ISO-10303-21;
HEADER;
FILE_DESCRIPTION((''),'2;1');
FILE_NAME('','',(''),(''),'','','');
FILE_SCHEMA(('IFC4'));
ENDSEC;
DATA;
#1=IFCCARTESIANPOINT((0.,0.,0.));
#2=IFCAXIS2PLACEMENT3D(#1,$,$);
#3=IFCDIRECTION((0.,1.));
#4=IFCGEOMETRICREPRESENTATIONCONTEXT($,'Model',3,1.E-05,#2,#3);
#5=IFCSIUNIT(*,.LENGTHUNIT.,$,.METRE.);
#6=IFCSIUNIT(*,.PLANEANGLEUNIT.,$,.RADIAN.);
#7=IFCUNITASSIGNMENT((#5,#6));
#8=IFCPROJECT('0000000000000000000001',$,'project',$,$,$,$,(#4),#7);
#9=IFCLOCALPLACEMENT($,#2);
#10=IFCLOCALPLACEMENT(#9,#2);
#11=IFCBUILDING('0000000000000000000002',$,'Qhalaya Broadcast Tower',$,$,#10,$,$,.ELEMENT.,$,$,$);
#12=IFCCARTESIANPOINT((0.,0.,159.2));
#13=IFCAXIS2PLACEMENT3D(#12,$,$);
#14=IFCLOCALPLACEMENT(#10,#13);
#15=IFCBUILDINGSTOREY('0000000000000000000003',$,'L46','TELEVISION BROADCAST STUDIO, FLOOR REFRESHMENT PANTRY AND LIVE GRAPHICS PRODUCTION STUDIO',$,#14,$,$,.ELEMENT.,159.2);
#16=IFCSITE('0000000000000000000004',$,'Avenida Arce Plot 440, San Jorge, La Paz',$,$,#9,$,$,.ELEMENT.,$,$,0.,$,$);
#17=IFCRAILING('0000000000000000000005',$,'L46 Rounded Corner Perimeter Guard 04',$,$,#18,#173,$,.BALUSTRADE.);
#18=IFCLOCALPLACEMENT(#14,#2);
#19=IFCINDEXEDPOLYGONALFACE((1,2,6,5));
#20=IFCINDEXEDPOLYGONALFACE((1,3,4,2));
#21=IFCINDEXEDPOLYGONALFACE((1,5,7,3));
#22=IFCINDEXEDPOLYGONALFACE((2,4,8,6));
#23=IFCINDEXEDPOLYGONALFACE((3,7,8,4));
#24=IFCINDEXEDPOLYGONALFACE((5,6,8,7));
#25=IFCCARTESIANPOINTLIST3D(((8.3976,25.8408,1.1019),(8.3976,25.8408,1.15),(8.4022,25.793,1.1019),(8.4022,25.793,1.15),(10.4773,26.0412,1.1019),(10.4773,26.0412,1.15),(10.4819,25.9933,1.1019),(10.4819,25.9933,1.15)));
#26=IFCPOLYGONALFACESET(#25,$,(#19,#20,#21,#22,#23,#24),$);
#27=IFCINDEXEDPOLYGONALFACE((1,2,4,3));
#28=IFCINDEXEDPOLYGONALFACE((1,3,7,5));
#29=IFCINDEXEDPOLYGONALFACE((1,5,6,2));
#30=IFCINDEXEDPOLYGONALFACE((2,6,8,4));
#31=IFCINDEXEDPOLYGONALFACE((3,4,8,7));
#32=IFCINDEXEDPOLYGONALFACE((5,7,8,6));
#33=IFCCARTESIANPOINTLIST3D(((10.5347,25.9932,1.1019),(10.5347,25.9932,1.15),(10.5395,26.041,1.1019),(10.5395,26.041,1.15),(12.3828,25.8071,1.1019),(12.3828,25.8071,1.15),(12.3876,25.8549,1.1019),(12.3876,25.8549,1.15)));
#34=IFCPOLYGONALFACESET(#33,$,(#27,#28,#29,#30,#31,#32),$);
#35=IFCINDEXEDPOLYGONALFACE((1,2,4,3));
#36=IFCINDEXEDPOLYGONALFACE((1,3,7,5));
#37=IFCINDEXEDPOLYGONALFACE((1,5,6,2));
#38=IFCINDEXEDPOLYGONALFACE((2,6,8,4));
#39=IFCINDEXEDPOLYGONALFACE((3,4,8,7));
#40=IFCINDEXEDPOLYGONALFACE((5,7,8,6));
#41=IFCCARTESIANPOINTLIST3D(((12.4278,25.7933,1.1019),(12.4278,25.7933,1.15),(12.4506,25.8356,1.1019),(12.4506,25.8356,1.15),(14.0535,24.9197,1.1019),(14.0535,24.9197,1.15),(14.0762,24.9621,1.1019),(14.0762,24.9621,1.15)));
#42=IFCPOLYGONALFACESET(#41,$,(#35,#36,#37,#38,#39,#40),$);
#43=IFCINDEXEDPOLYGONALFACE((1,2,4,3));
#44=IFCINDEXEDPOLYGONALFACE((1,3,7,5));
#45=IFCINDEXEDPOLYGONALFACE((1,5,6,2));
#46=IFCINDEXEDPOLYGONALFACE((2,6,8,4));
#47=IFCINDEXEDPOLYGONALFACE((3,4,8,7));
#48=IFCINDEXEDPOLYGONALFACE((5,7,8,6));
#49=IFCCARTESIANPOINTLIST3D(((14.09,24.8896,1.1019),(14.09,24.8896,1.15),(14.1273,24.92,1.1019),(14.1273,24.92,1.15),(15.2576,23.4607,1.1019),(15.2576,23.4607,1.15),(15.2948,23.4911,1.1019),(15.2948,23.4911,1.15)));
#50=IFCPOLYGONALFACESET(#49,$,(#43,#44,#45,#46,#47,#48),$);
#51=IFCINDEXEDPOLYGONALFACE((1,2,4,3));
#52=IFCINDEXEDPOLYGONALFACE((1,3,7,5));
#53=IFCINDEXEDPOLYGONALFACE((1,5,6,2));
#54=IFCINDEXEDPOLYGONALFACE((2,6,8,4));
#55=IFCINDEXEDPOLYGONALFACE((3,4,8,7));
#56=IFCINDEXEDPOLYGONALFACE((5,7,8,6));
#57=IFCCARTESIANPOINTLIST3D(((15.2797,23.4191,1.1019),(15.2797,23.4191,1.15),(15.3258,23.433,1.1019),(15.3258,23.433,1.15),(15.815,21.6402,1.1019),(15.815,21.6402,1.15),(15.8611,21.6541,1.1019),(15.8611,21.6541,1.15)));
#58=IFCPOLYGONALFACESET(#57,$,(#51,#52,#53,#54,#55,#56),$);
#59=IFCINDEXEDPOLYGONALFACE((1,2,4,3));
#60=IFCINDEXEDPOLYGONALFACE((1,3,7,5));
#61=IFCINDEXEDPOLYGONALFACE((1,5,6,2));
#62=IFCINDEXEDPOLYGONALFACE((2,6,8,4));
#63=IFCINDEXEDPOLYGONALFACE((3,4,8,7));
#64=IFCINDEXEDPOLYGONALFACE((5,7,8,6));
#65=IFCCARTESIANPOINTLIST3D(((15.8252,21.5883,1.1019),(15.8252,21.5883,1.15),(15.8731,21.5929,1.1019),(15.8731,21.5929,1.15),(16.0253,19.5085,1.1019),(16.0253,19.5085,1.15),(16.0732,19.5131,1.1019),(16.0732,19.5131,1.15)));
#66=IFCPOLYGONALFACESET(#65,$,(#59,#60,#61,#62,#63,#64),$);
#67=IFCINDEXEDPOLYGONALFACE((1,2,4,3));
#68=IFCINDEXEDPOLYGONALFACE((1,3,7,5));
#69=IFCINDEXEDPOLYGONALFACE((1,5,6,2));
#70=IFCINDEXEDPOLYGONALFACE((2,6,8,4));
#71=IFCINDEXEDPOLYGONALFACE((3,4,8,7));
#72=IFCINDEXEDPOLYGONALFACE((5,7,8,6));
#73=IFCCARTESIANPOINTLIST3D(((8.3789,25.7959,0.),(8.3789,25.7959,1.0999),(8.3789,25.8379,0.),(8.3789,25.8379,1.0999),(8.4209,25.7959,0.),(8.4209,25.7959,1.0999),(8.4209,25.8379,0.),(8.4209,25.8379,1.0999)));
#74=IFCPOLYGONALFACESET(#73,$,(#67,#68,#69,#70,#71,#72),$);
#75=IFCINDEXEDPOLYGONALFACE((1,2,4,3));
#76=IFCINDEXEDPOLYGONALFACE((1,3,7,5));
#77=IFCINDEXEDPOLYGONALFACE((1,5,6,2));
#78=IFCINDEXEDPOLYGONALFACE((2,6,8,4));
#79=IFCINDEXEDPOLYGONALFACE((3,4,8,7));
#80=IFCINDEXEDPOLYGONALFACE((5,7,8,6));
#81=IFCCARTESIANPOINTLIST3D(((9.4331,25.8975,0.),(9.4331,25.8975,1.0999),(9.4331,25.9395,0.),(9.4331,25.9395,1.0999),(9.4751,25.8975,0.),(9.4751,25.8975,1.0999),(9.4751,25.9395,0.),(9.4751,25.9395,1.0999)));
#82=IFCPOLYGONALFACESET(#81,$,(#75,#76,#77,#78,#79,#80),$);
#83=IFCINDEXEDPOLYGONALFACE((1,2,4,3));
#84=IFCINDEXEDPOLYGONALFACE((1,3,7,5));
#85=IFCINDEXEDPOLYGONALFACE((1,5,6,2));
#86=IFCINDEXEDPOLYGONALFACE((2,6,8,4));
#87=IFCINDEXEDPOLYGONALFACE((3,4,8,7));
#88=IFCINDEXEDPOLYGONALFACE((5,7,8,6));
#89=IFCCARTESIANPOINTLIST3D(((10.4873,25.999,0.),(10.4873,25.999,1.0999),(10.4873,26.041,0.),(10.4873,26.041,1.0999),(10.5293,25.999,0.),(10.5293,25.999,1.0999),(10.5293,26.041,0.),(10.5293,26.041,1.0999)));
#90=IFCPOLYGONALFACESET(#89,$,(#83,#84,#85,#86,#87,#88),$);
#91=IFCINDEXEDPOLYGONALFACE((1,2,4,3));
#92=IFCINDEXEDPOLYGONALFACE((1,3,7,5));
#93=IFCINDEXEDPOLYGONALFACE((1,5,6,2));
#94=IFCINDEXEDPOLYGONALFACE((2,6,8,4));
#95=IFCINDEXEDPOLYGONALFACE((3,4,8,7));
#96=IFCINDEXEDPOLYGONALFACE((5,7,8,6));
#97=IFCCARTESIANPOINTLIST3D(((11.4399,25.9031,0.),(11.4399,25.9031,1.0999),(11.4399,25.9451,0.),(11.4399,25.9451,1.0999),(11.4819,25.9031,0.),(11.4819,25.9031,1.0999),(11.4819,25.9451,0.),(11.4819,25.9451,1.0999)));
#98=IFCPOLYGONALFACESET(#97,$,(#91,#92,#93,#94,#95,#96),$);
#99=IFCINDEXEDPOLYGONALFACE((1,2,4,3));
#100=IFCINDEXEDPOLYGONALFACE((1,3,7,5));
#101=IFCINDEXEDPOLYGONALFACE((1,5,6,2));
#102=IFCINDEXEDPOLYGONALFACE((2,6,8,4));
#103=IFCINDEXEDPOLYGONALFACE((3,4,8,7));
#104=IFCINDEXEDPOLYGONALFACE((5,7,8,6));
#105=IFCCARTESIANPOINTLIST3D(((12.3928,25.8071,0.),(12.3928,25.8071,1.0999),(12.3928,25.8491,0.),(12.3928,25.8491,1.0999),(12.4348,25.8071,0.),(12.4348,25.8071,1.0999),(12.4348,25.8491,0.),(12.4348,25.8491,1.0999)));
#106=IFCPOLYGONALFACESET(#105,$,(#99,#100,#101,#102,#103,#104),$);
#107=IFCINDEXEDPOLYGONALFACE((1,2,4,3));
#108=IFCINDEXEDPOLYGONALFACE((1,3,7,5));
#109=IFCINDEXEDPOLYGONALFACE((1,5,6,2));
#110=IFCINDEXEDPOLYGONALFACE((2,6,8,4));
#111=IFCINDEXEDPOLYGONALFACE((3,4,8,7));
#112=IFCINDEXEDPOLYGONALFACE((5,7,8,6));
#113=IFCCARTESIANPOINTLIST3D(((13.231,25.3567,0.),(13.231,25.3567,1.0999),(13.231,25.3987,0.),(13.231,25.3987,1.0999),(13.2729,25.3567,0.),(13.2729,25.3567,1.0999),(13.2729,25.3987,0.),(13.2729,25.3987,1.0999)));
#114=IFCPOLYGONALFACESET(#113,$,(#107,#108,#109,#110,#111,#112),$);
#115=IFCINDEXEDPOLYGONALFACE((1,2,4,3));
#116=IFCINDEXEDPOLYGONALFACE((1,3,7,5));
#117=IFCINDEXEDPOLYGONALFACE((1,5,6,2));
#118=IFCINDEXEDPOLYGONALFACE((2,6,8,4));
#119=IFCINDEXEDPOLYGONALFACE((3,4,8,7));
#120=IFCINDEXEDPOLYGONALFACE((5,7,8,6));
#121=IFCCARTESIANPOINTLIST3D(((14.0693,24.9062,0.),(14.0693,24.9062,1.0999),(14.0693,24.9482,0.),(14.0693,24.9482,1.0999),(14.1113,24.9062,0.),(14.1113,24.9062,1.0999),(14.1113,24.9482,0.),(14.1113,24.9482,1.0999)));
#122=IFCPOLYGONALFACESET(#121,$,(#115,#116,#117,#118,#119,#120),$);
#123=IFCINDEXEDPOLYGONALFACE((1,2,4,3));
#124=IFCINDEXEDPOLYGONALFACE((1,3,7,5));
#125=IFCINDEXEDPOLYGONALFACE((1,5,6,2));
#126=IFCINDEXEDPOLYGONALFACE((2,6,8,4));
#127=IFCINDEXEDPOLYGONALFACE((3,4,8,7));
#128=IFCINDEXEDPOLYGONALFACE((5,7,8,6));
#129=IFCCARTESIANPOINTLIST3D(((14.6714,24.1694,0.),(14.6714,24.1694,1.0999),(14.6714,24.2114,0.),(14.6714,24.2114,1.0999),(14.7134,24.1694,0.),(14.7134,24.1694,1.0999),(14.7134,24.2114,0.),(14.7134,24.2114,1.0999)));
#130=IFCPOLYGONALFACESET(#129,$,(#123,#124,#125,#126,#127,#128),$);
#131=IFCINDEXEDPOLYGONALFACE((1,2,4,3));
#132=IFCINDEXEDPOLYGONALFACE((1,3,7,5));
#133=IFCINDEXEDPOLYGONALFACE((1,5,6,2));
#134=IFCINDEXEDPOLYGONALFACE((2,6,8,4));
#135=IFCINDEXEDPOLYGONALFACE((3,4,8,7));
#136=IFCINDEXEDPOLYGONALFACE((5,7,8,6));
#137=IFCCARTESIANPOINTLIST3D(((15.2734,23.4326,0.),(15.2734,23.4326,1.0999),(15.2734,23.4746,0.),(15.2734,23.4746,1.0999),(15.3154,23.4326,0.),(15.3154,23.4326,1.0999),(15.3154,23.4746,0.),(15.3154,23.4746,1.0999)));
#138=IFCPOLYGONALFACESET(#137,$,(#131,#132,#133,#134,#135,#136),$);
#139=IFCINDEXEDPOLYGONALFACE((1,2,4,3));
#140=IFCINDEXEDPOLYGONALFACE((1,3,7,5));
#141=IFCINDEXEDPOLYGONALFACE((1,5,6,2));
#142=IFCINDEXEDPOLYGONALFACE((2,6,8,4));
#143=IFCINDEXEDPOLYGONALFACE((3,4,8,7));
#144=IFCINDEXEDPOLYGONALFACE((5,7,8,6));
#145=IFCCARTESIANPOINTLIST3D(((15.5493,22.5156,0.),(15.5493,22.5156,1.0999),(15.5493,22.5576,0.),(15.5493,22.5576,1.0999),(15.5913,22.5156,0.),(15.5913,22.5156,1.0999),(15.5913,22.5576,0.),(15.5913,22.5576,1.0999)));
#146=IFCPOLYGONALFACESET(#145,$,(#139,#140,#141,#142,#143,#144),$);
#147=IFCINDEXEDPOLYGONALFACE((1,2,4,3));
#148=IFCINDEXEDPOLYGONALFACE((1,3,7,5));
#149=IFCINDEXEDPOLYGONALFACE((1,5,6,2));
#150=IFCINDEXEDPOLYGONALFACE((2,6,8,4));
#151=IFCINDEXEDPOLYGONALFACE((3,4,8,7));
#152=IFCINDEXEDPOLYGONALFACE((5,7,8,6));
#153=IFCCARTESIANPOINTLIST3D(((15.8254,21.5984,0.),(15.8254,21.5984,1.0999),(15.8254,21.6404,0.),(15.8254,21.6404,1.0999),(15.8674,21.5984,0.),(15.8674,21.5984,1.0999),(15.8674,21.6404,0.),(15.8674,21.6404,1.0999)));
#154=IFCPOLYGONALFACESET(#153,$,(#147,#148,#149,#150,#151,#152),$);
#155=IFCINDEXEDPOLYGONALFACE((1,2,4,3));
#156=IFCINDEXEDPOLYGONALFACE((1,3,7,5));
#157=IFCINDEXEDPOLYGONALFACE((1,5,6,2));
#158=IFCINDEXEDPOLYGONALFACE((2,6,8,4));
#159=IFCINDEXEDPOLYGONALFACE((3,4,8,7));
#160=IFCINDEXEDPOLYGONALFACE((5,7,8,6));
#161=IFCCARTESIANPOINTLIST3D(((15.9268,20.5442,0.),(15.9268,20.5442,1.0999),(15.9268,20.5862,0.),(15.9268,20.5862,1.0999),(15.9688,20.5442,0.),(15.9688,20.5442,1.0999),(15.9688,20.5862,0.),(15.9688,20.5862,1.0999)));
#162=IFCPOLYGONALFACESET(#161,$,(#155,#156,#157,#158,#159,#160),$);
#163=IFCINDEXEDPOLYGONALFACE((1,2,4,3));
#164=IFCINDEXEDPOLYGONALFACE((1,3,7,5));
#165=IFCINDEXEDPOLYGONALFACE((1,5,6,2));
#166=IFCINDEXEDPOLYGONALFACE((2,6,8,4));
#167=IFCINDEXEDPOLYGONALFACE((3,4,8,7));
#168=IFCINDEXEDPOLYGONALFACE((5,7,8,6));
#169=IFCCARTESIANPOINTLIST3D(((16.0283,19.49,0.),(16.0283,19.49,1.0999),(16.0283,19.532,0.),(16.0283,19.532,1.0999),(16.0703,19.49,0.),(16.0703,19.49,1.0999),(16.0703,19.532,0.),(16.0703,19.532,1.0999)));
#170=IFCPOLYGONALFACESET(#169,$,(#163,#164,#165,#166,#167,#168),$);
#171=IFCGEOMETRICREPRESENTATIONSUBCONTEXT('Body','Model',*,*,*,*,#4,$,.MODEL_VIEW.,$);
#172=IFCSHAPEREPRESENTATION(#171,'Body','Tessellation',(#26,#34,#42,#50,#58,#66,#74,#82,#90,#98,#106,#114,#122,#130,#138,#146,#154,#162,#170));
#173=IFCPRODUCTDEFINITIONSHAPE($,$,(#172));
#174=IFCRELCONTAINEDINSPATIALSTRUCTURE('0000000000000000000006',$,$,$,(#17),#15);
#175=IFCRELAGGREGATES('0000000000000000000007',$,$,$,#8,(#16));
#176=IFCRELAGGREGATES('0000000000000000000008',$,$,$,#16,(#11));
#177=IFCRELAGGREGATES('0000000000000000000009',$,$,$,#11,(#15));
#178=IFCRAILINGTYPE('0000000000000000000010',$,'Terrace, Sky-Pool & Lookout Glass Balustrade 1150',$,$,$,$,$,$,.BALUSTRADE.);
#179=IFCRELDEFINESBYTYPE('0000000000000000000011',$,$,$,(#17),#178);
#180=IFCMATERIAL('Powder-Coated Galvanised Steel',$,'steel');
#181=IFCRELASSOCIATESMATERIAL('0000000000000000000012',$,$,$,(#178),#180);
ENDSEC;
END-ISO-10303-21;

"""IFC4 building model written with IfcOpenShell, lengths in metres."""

from ifc_helpers import new_model, si_unit, direction, frame, origin, origin_2d, place, context, subcontext, project, spatial, rectangle, extrude, material, type_object, element, save


model = new_model("IFC4")

# Units and contexts
model_context = context("Model", 3, precision=1e-05, world=origin(), true_north=direction((0.0, 1.0)))
body_context = subcontext(model_context, "Body", "Model", "MODEL_VIEW")
ifc_project = project(units=[si_unit("LENGTHUNIT", "METRE"), si_unit("PLANEANGLEUNIT", "RADIAN")], contexts=[model_context])

# Site, building, storey
site_placement = place(None, origin())
site = spatial("IfcSite", under=ifc_project, at=site_placement, Name="Avenida Arce Plot 440, San Jorge, La Paz", CompositionType="ELEMENT", RefElevation=0.0)
building_placement = place(site_placement, origin())
building = spatial("IfcBuilding", under=site, at=building_placement, Name="Qhalaya Broadcast Tower", CompositionType="ELEMENT")
storey_placement = place(building_placement, frame((0.0, 0.0, 159.2)))
storey = spatial("IfcBuildingStorey", under=building, at=storey_placement, Name="L46", Description="TELEVISION BROADCAST STUDIO, FLOOR REFRESHMENT PANTRY AND LIVE GRAPHICS PRODUCTION STUDIO", CompositionType="ELEMENT", Elevation=159.2)

# Railing
ifc_material_1 = material(Name="Powder-Coated Galvanised Steel", Category="steel")
railing_type = type_object("IfcRailingType", Name="Terrace, Sky-Pool & Lookout Glass Balustrade 1150", PredefinedType="BALUSTRADE", material=ifc_material_1)
railing_placement = place(storey_placement, frame((8.3999, 25.8169, 0.0)))
element("IfcRailing", 1, at=railing_placement, inside=storey, type_object=railing_type, Name="L46 Rounded Corner Perimeter Guard 04", PredefinedType="BALUSTRADE", context=body_context, shape_type="SweptSolid", body=[
    extrude(rectangle(XDim=0.0481, YDim=0.0481, at=origin_2d()), frame((0.0, 0.0, 1.126), z_axis=(0.995391, 0.095897, 0.0), x_axis=(-0.095897, 0.995391, 0.0)), (0.0, 0.0, 1.0), 2.0894),
    extrude(rectangle(XDim=0.0481, YDim=0.0481, at=origin_2d()), frame((2.1372, 0.2002, 1.126), z_axis=(0.994968, -0.100198, 0.0), x_axis=(0.100198, 0.994968, 0.0)), (0.0, 0.0, 1.0), 1.8574),
    extrude(rectangle(XDim=0.0481, YDim=0.0481, at=origin_2d()), frame((4.0393, -0.0024, 1.126), z_axis=(0.880879, -0.473342, 0.0), x_axis=(0.473342, 0.880879, 0.0)), (0.0, 0.0, 1.0), 1.8455),
    extrude(rectangle(XDim=0.0481, YDim=0.0481, at=origin_2d()), frame((5.7087, -0.9121, 1.126), z_axis=(0.632735, -0.774369, 0.0), x_axis=(0.774369, 0.632735, 0.0)), (0.0, 0.0, 1.0), 1.8452),
    extrude(rectangle(XDim=0.0481, YDim=0.0481, at=origin_2d()), frame((6.9028, -2.3909, 1.126), z_axis=(0.288178, -0.957577, 0.0), x_axis=(0.957577, 0.288178, 0.0)), (0.0, 0.0, 1.0), 1.8577),
    extrude(rectangle(XDim=0.0481, YDim=0.0481, at=origin_2d()), frame((7.4492, -4.2263, 1.126), z_axis=(0.095783, -0.995402, 0.0), x_axis=(0.995402, 0.095783, 0.0)), (0.0, 0.0, 1.0), 2.0894),
    extrude(rectangle(XDim=0.042, YDim=0.042, at=origin_2d()), origin(), (0.0, 0.0, 1.0), 1.0999),
    extrude(rectangle(XDim=0.042, YDim=0.042, at=origin_2d()), frame((1.0542, 0.1016, 0.0)), (0.0, 0.0, 1.0), 1.0999),
    extrude(rectangle(XDim=0.042, YDim=0.042, at=origin_2d()), frame((2.1084, 0.2031, 0.0)), (0.0, 0.0, 1.0), 1.0999),
    extrude(rectangle(XDim=0.042, YDim=0.042, at=origin_2d()), frame((3.061, 0.1072, 0.0)), (0.0, 0.0, 1.0), 1.0999),
    extrude(rectangle(XDim=0.042, YDim=0.042, at=origin_2d()), frame((4.0139, 0.0112, 0.0)), (0.0, 0.0, 1.0), 1.0999),
    extrude(rectangle(XDim=0.042, YDim=0.042, at=origin_2d()), frame((4.8521, -0.4392, 0.0)), (0.0, 0.0, 1.0), 1.0999),
    extrude(rectangle(XDim=0.042, YDim=0.042, at=origin_2d()), frame((5.6904, -0.8896, 0.0)), (0.0, 0.0, 1.0), 1.0999),
    extrude(rectangle(XDim=0.042, YDim=0.042, at=origin_2d()), frame((6.2925, -1.6265, 0.0)), (0.0, 0.0, 1.0), 1.0999),
    extrude(rectangle(XDim=0.042, YDim=0.042, at=origin_2d()), frame((6.8945, -2.3633, 0.0)), (0.0, 0.0, 1.0), 1.0999),
    extrude(rectangle(XDim=0.042, YDim=0.042, at=origin_2d()), frame((7.1704, -3.2803, 0.0)), (0.0, 0.0, 1.0), 1.0999),
    extrude(rectangle(XDim=0.042, YDim=0.042, at=origin_2d()), frame((7.4465, -4.1975, 0.0)), (0.0, 0.0, 1.0), 1.0999),
    extrude(rectangle(XDim=0.042, YDim=0.042, at=origin_2d()), frame((7.5479, -5.2517, 0.0)), (0.0, 0.0, 1.0), 1.0999),
    extrude(rectangle(XDim=0.042, YDim=0.042, at=origin_2d()), frame((7.6494, -6.3059, 0.0)), (0.0, 0.0, 1.0), 1.0999),
])

save(model, "model.ifc")
